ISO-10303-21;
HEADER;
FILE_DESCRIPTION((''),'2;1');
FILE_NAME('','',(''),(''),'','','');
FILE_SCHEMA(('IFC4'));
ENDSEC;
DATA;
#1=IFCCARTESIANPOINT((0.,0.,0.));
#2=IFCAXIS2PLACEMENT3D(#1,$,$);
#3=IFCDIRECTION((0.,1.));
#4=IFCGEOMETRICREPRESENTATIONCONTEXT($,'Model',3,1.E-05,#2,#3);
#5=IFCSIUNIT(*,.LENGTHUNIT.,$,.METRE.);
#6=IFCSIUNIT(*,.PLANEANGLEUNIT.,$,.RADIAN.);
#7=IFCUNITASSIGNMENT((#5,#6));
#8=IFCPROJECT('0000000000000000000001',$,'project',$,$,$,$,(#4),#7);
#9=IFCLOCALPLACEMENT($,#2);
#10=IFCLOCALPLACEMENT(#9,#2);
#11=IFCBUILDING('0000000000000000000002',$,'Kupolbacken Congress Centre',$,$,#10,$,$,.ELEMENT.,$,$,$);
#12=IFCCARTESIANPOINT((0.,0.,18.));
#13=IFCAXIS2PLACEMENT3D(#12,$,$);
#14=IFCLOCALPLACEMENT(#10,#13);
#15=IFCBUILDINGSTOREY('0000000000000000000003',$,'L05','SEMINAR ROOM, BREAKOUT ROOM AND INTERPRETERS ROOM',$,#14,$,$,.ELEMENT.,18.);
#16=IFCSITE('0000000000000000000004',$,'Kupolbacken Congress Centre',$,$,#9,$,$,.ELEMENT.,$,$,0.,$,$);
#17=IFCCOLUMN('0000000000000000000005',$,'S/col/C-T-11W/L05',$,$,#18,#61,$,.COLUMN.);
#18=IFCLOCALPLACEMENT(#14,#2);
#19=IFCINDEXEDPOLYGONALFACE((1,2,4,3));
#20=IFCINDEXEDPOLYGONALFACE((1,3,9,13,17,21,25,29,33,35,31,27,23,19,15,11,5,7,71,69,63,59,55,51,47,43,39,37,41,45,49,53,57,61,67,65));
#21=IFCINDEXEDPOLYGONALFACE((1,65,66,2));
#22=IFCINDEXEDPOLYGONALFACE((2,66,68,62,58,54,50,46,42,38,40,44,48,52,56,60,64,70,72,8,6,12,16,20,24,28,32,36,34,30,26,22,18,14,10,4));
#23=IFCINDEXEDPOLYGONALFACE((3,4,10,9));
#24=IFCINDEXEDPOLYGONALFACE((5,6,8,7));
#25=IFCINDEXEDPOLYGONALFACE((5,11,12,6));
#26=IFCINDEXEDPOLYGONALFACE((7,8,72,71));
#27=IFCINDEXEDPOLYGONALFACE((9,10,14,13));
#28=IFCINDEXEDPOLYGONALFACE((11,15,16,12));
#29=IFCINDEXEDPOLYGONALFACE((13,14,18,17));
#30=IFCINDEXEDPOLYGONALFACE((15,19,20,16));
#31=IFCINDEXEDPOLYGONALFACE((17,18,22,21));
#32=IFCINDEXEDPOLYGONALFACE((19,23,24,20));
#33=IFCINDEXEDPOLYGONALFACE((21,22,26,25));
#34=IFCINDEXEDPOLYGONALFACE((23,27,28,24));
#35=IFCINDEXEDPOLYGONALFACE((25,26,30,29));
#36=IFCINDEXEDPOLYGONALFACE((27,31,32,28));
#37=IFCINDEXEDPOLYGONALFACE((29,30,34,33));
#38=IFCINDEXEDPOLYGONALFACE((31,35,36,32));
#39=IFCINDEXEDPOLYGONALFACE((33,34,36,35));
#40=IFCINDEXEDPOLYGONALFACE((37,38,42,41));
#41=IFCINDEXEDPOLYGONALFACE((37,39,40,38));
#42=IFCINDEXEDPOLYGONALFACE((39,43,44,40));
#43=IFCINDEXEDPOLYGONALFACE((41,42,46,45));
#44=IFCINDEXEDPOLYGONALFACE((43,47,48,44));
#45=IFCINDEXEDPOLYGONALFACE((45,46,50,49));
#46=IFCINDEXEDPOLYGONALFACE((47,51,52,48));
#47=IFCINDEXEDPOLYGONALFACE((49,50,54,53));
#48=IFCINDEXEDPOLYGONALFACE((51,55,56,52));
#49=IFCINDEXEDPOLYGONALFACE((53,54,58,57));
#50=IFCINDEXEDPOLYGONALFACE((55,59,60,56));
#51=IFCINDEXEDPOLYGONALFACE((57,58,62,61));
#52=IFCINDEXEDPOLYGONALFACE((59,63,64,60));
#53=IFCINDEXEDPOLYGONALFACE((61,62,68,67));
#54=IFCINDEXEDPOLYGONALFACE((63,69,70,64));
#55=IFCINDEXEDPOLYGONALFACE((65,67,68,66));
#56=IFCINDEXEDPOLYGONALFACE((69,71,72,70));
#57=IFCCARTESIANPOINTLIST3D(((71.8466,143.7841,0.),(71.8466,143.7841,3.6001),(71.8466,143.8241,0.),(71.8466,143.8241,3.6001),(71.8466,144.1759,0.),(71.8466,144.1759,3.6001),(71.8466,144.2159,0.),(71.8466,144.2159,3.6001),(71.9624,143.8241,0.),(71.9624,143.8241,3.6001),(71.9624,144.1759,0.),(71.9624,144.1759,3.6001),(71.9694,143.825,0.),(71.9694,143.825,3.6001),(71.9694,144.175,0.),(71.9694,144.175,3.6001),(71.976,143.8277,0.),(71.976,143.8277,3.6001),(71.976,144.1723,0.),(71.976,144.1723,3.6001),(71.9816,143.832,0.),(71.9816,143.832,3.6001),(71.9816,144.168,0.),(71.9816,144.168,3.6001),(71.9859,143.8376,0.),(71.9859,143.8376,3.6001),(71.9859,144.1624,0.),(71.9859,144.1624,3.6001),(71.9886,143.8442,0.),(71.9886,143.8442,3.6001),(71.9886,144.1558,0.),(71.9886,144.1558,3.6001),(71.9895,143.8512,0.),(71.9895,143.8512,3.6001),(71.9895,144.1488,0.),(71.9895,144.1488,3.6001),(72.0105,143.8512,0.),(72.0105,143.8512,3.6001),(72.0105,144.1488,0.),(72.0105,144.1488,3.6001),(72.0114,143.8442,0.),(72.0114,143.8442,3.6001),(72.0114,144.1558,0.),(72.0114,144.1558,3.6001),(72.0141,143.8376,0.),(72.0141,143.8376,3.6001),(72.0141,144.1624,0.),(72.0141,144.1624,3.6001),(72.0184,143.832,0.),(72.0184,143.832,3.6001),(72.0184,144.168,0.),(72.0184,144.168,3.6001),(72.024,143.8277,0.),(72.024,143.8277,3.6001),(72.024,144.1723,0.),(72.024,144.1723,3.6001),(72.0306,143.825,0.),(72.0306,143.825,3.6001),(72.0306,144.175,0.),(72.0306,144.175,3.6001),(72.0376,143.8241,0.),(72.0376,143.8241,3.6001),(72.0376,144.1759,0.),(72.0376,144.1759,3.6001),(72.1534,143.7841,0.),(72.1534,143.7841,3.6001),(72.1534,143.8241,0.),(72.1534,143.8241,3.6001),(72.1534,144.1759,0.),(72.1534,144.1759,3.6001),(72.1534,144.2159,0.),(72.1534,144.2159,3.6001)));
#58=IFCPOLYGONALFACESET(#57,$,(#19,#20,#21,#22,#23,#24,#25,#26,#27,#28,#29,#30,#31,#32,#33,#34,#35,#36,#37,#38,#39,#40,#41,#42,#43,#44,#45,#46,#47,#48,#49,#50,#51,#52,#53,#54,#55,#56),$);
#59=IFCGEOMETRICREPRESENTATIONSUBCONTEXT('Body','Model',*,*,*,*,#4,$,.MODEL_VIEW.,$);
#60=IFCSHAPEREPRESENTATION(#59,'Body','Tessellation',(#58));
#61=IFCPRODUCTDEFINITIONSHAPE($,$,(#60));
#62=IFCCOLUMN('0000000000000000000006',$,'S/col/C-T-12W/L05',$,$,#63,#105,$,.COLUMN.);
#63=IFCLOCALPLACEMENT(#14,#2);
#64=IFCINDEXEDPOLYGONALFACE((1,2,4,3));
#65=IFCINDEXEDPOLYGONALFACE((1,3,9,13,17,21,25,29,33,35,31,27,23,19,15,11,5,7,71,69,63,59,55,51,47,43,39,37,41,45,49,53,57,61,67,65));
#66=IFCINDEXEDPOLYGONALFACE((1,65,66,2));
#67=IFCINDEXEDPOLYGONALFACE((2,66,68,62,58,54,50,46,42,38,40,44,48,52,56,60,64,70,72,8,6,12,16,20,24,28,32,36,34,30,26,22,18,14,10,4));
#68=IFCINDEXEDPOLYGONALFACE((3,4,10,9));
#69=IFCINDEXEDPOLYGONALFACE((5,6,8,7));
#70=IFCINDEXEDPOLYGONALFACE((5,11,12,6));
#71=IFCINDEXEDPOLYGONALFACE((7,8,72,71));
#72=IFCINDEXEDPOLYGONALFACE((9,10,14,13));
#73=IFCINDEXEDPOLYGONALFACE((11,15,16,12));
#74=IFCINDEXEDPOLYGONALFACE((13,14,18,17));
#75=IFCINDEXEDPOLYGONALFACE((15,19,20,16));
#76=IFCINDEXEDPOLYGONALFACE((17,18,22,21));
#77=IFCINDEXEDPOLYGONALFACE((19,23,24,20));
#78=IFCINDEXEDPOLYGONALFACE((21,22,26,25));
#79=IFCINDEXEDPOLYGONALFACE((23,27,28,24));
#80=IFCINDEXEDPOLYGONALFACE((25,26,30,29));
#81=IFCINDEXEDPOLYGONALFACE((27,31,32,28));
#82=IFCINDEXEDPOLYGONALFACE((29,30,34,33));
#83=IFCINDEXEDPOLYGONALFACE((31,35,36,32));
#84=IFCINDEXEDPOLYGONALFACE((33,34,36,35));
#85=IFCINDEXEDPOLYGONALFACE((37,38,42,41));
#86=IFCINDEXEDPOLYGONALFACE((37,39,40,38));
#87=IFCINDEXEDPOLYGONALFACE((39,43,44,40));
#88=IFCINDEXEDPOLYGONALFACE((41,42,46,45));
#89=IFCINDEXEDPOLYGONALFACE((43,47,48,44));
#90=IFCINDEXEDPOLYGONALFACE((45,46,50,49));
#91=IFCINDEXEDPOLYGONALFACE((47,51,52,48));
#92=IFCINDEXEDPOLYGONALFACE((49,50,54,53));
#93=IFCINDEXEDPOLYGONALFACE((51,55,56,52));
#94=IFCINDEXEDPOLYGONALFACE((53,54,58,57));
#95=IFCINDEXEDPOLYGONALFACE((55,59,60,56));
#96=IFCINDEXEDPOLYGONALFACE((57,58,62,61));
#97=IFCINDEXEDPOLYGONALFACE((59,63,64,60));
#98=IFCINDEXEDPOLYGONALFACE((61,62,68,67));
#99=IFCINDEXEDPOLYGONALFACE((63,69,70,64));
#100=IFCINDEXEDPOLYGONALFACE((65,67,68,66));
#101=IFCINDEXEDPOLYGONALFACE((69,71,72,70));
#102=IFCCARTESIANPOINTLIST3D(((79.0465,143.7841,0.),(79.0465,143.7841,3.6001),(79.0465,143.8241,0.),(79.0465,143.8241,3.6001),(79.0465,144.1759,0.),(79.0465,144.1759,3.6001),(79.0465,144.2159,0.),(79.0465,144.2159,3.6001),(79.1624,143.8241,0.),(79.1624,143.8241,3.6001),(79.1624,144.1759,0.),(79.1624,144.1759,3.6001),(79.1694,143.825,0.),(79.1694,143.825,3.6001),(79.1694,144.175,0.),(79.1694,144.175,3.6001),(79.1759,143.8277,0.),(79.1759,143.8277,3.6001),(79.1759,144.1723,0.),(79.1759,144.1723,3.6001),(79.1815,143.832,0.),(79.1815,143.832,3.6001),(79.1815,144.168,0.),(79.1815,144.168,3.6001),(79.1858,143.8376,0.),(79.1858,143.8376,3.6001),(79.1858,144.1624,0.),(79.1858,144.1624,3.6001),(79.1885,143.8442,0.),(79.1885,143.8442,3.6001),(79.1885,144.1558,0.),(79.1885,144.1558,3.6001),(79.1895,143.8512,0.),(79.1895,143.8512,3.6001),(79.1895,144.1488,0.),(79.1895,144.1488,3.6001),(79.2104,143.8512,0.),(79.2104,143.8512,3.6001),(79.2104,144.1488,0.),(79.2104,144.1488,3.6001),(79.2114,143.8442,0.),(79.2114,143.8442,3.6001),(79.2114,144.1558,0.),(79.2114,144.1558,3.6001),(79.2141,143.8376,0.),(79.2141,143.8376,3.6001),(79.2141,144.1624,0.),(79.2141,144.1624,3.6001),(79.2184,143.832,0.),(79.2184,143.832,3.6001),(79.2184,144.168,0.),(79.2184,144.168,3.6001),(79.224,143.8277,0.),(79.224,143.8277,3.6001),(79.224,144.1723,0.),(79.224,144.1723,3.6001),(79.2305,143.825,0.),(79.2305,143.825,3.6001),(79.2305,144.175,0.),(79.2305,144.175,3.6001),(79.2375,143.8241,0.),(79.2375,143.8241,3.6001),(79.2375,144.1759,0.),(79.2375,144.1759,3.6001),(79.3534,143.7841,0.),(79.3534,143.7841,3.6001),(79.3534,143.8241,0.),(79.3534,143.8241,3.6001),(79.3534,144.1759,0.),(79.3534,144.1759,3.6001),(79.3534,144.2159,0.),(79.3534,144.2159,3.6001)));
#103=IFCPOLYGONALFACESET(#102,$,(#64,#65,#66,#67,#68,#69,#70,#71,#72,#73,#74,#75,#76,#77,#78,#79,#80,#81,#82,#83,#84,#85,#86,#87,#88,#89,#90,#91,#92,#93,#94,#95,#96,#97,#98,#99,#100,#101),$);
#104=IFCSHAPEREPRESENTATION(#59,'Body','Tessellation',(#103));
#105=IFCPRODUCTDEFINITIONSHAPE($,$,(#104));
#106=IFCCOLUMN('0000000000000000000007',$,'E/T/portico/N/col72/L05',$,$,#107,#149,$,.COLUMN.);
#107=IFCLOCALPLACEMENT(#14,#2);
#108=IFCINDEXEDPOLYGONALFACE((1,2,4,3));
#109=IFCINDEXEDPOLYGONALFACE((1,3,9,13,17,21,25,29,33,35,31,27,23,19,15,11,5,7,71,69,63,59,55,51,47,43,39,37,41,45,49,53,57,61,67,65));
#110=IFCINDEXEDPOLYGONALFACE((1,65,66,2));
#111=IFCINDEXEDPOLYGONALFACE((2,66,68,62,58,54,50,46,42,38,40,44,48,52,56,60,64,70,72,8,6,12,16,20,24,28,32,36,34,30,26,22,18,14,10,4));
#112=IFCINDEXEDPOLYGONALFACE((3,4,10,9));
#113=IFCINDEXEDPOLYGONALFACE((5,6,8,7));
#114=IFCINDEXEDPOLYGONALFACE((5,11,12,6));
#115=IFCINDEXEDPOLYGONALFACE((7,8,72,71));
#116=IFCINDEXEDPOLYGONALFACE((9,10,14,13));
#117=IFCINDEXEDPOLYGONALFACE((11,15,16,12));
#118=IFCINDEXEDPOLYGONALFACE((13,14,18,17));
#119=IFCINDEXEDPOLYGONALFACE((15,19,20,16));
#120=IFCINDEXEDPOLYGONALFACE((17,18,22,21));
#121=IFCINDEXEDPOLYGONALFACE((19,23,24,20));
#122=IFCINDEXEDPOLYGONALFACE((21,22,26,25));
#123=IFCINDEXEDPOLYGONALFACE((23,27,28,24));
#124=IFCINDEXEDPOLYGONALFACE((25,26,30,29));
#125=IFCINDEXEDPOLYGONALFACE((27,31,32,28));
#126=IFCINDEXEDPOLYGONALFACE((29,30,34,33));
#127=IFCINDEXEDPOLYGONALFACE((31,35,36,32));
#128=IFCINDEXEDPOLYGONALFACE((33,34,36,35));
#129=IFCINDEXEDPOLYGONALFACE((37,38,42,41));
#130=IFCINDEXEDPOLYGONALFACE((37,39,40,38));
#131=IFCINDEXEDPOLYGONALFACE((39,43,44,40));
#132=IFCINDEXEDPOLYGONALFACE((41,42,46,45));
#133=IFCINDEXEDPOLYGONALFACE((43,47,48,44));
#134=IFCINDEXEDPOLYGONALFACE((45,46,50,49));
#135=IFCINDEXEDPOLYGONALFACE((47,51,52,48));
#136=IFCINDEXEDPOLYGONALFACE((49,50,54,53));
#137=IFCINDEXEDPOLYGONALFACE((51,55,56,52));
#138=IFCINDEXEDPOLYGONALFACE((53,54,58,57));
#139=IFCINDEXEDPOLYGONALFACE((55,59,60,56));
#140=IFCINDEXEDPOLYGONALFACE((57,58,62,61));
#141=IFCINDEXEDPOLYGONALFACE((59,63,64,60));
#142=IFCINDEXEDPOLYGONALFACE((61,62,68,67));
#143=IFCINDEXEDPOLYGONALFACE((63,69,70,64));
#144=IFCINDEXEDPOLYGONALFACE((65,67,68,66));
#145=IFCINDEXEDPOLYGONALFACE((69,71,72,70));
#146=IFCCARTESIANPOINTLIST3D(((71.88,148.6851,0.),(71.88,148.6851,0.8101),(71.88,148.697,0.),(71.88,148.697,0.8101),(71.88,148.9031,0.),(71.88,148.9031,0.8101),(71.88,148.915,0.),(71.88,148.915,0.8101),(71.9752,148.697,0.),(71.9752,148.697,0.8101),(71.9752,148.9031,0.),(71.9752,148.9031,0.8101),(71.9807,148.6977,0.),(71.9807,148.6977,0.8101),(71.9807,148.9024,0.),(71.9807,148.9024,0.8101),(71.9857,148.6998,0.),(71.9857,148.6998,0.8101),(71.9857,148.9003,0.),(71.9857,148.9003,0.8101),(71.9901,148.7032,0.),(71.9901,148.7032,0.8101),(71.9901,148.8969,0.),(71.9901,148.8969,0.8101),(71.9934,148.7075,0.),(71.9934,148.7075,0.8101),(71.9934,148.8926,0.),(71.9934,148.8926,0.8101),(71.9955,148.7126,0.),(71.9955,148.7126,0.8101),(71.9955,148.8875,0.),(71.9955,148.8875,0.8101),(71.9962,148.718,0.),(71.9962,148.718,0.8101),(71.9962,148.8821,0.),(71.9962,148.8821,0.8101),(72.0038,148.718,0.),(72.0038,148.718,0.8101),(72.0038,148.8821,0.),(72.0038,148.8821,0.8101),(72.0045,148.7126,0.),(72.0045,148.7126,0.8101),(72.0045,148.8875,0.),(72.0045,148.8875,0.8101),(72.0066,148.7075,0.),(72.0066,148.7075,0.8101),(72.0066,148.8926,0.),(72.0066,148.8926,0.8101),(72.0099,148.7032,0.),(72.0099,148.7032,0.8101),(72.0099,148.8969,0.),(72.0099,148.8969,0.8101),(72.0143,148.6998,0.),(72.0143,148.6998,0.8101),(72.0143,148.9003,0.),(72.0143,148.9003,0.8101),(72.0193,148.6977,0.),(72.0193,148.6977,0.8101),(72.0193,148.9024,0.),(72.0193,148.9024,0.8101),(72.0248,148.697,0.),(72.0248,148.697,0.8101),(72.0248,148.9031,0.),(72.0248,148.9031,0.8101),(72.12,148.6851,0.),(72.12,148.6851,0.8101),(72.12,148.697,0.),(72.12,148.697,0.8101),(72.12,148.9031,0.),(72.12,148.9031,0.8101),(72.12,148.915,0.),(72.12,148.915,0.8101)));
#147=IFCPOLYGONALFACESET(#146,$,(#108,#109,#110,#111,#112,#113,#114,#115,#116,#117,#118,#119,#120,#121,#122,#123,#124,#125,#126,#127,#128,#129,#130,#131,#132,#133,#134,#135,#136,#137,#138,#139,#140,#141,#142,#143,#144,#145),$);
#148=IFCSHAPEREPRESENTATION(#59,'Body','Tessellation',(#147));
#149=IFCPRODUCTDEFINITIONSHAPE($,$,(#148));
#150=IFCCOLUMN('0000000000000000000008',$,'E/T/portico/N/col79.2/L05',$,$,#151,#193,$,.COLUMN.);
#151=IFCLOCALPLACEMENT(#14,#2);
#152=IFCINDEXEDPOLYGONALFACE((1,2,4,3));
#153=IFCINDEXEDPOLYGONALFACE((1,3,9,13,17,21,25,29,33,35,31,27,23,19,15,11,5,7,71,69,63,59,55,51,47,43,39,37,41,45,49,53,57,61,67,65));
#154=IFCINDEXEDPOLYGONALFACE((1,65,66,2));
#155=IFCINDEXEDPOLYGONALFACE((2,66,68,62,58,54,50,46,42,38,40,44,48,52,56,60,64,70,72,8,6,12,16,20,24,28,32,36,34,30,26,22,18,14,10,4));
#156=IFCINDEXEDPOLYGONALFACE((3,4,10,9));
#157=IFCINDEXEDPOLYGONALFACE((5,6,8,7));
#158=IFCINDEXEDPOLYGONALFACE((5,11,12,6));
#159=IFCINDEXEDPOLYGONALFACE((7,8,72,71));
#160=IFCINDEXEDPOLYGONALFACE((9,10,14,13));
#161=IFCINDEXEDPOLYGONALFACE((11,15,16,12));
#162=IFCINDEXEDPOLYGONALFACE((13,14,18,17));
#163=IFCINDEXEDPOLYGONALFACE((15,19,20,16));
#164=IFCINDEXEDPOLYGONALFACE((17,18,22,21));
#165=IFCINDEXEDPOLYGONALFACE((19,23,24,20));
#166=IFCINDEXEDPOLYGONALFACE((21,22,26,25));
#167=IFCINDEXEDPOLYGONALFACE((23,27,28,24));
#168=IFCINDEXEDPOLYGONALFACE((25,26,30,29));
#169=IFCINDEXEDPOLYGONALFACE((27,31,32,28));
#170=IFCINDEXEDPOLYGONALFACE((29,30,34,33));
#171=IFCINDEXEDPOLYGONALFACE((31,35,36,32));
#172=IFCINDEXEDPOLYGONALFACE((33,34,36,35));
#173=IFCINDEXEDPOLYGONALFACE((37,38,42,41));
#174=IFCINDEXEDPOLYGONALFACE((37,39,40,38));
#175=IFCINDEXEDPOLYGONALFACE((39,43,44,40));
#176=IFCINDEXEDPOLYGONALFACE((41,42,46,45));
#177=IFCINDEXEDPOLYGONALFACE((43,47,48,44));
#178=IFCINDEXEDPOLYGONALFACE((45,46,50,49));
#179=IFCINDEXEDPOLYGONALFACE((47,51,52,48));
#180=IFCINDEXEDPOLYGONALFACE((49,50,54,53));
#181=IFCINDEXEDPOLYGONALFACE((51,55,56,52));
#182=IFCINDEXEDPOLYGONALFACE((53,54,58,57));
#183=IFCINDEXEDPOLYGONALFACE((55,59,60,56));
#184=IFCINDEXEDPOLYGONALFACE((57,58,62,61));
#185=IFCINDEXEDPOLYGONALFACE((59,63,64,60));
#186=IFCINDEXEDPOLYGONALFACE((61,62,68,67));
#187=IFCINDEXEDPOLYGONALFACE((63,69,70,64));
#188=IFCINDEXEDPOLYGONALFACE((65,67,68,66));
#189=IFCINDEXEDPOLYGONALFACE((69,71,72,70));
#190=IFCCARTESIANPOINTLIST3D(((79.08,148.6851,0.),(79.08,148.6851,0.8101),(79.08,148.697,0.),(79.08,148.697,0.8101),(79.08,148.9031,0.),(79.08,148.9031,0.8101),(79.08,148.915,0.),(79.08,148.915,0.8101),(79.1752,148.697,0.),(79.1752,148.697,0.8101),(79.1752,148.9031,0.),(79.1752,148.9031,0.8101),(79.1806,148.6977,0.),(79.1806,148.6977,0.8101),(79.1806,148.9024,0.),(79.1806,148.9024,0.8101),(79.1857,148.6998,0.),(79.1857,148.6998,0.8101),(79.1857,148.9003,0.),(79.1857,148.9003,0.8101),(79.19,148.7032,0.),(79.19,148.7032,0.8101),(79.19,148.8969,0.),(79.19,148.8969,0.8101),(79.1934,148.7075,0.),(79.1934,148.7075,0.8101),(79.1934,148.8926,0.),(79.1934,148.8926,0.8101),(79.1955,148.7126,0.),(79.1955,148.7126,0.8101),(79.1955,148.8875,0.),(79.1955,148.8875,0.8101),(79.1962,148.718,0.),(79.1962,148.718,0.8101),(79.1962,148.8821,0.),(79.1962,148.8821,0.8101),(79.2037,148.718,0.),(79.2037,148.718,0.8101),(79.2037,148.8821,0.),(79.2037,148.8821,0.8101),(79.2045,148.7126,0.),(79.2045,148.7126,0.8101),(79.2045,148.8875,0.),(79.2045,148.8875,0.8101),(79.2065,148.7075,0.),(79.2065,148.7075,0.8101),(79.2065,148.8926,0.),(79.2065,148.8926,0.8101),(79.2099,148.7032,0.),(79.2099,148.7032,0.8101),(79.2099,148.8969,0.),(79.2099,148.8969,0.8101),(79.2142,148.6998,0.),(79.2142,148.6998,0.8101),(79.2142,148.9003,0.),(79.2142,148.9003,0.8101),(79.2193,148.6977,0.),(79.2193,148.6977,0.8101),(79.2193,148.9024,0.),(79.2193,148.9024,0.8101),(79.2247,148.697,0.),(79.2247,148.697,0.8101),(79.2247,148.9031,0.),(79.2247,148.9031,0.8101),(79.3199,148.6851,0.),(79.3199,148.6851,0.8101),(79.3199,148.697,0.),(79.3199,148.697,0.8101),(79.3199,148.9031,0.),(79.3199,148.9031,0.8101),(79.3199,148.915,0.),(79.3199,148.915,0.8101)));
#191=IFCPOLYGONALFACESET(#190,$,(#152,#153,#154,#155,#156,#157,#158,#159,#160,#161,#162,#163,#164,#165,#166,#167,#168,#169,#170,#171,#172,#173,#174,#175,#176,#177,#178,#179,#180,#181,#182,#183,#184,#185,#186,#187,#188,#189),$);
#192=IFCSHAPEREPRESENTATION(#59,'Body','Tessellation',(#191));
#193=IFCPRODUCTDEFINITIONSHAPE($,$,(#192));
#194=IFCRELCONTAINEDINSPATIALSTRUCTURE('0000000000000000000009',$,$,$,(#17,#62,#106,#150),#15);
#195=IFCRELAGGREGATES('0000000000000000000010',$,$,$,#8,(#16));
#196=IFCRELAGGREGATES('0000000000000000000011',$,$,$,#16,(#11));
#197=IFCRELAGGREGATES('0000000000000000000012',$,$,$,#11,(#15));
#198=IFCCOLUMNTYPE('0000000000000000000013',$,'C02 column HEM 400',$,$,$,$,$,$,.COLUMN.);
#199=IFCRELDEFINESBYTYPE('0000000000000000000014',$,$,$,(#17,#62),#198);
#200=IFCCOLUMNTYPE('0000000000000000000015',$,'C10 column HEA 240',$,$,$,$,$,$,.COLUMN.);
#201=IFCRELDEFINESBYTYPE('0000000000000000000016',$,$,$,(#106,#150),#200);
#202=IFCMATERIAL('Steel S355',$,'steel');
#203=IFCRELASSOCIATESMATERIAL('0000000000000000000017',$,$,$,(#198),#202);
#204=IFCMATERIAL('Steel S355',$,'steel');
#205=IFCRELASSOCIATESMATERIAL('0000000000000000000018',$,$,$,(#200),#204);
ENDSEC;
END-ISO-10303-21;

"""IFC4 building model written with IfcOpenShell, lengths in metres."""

from ifc_helpers import new_model, si_unit, direction, frame, origin, origin_2d, place, context, subcontext, project, spatial, i_section, extrude, material, material_profile, profile_set, type_object, element, save


model = new_model("IFC4")

# Units and contexts
model_context = context("Model", 3, precision=1e-05, world=origin(), true_north=direction((0.0, 1.0)))
body_context = subcontext(model_context, "Body", "Model", "MODEL_VIEW")
ifc_project = project(units=[si_unit("LENGTHUNIT", "METRE"), si_unit("PLANEANGLEUNIT", "RADIAN")], contexts=[model_context])

# Site, building, storey
site_placement = place(None, origin())
site = spatial("IfcSite", under=ifc_project, at=site_placement, Name="Kupolbacken Congress Centre", CompositionType="ELEMENT", RefElevation=0.0)
building_placement = place(site_placement, origin())
building = spatial("IfcBuilding", under=site, at=building_placement, Name="Kupolbacken Congress Centre", CompositionType="ELEMENT")
storey_placement = place(building_placement, frame((0.0, 0.0, 18.0)))
storey = spatial("IfcBuildingStorey", under=building, at=storey_placement, Name="L05", Description="SEMINAR ROOM, BREAKOUT ROOM AND INTERPRETERS ROOM", CompositionType="ELEMENT", Elevation=18.0)

# Columns
ifc_material_1 = material(Name="Steel S355", Category="steel")
ifc_material_profile_1 = material_profile(ifc_material_1, i_section(OverallWidth=0.3069, OverallDepth=0.4319, WebThickness=0.021, FlangeThickness=0.04, FilletRadius=0.0271, at=origin_2d()), Name="HEM 400")
ifc_profile_set_1 = profile_set([ifc_material_profile_1], Name="Steel S355")
column_type_1 = type_object("IfcColumnType", Name="C02 column HEM 400", PredefinedType="COLUMN", material=ifc_profile_set_1)
for number, where, z_axis, x_axis, name in (
    (1, (72.0, 144.0, 0.0), (0.0, 0.0, 1.0), (1.0, 0.0, 0.0), "S/col/C-T-11W/L05"),
    (2, (79.2, 144.0, 0.0), (0.0, 0.0, 1.0), (1.0, 0.0, 0.0), "S/col/C-T-12W/L05"),
):
    element("IfcColumn", number, at=place(storey_placement, frame(where, z_axis=z_axis, x_axis=x_axis)), inside=storey, type_object=column_type_1, Name=name, PredefinedType="COLUMN", context=body_context, shape_type="SweptSolid", body=[
        extrude(i_section(OverallWidth=0.3069, OverallDepth=0.4319, WebThickness=0.021, FlangeThickness=0.04, FilletRadius=0.0271, at=origin_2d()), origin(), (0.0, 0.0, 1.0), 3.6001),
    ])
ifc_material_2 = material(Name="Steel S355", Category="steel")
ifc_material_profile_2 = material_profile(ifc_material_2, i_section(OverallWidth=0.24, OverallDepth=0.23, WebThickness=0.0076, FlangeThickness=0.012, FilletRadius=0.021, at=origin_2d()), Name="HEA 240")
ifc_profile_set_2 = profile_set([ifc_material_profile_2], Name="Steel S355")
column_type_2 = type_object("IfcColumnType", Name="C10 column HEA 240", PredefinedType="COLUMN", material=ifc_profile_set_2)
for number, where, z_axis, x_axis, name in (
    (3, (72.0, 148.8, 0.0), (0.0, 0.0, 1.0), (1.0, 0.0, 0.0), "E/T/portico/N/col72/L05"),
    (4, (79.2, 148.8, 0.0), (0.0, 0.0, 1.0), (1.0, 0.0, 0.0), "E/T/portico/N/col79.2/L05"),
):
    element("IfcColumn", number, at=place(storey_placement, frame(where, z_axis=z_axis, x_axis=x_axis)), inside=storey, type_object=column_type_2, Name=name, PredefinedType="COLUMN", context=body_context, shape_type="SweptSolid", body=[
        extrude(i_section(OverallWidth=0.24, OverallDepth=0.23, WebThickness=0.0076, FlangeThickness=0.012, FilletRadius=0.021, at=origin_2d()), origin(), (0.0, 0.0, 1.0), 0.8101),
    ])

save(model, "model.ifc")
